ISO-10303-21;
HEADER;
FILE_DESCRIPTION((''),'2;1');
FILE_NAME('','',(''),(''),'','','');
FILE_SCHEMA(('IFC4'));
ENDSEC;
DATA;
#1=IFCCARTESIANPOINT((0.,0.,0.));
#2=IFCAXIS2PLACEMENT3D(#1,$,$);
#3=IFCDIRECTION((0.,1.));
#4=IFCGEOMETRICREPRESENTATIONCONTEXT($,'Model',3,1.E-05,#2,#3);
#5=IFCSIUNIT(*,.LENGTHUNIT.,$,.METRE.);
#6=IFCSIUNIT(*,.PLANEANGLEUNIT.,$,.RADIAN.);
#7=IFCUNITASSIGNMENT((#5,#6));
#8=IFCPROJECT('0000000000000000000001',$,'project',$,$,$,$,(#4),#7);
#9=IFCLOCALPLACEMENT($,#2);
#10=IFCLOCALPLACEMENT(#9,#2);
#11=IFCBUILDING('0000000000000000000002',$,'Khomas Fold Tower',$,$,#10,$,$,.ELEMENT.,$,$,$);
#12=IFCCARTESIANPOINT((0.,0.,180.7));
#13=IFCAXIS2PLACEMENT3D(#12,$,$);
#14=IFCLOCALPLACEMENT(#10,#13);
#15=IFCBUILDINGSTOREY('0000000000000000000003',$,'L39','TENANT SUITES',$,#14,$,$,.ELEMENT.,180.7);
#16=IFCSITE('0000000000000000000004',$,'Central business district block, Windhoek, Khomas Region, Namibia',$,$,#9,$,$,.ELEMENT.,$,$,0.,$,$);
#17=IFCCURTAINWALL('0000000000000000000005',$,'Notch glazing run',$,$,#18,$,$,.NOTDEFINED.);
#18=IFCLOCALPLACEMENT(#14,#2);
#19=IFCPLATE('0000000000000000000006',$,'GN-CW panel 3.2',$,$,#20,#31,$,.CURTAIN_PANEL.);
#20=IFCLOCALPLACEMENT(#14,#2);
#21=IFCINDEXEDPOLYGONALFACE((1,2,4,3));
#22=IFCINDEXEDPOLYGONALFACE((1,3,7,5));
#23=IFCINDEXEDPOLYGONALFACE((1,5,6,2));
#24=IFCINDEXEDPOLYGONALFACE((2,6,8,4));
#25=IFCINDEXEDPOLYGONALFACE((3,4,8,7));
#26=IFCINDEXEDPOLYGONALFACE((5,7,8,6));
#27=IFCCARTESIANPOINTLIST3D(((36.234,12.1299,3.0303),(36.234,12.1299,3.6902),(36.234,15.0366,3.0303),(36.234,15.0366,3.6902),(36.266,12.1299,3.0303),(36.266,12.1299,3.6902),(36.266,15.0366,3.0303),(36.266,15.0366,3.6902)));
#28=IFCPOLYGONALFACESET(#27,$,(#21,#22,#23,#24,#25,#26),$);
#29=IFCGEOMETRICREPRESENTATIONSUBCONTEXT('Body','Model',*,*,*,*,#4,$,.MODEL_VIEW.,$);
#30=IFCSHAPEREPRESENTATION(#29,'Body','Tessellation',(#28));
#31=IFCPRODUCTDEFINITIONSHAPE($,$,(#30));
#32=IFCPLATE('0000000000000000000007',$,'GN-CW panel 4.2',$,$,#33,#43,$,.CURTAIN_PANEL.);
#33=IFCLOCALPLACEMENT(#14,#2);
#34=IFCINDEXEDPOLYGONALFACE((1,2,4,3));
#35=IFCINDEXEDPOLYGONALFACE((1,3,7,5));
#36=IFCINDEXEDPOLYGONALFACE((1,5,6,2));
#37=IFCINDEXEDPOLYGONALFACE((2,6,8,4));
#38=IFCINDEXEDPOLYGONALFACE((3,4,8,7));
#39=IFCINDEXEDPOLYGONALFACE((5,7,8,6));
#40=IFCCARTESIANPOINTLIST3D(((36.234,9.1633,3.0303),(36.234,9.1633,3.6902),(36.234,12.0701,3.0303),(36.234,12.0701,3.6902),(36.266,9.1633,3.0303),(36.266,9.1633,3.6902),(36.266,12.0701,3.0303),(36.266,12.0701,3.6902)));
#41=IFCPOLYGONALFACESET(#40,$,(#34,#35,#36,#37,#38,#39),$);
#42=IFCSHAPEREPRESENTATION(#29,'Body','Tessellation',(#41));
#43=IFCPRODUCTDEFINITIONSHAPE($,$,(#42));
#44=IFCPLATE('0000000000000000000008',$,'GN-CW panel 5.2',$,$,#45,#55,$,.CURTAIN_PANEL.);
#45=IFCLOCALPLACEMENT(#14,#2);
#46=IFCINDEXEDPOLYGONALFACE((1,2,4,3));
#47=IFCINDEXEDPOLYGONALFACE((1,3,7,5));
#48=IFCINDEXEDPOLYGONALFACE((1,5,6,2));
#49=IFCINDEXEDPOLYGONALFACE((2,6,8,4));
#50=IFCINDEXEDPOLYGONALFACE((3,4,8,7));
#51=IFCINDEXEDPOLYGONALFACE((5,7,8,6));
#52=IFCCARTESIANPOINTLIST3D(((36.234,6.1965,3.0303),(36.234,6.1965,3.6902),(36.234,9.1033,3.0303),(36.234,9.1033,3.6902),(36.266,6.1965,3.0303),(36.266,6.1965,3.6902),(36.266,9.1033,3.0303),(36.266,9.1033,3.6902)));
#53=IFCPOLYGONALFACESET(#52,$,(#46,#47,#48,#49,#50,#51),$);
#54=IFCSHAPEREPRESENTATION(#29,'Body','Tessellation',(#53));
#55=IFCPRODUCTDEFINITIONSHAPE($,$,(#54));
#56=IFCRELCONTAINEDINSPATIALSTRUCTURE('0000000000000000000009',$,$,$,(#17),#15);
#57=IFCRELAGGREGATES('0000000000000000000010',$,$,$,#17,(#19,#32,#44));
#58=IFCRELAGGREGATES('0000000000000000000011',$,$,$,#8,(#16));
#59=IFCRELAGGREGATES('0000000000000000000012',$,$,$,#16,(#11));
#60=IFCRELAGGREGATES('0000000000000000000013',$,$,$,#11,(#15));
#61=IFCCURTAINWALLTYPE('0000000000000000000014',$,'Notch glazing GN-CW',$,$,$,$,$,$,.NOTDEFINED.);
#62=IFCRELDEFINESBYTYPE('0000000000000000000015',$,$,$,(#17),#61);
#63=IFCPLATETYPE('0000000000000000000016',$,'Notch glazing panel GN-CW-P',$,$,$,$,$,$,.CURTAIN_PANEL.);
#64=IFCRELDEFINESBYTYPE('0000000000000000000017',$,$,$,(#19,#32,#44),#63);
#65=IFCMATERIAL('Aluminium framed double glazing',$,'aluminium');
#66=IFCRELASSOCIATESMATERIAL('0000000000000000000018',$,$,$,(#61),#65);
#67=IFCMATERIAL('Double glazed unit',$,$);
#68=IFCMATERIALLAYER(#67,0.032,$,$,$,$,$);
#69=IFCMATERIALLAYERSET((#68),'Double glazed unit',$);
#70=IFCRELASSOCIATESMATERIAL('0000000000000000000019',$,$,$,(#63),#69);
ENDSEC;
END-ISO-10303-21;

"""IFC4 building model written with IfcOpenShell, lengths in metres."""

from ifc_helpers import new_model, si_unit, direction, frame, origin, origin_2d, place, context, subcontext, project, spatial, rectangle, extrude, source, transform, mapped, material, layer, layer_set, type_object, element, aggregate, save


model = new_model("IFC4")

# Units and contexts
model_context = context("Model", 3, precision=1e-05, world=origin(), true_north=direction((0.0, 1.0)))
body_context = subcontext(model_context, "Body", "Model", "MODEL_VIEW")
ifc_project = project(units=[si_unit("LENGTHUNIT", "METRE"), si_unit("PLANEANGLEUNIT", "RADIAN")], contexts=[model_context])

# Site, building, storey
site_placement = place(None, origin())
site = spatial("IfcSite", under=ifc_project, at=site_placement, Name="Central business district block, Windhoek, Khomas Region, Namibia", CompositionType="ELEMENT", RefElevation=0.0)
building_placement = place(site_placement, origin())
building = spatial("IfcBuilding", under=site, at=building_placement, Name="Khomas Fold Tower", CompositionType="ELEMENT")
storey_placement = place(building_placement, frame((0.0, 0.0, 180.7)))
storey = spatial("IfcBuildingStorey", under=building, at=storey_placement, Name="L39", Description="TENANT SUITES", CompositionType="ELEMENT", Elevation=180.7)

# Curtain wall
ifc_material_1 = material(Name="Aluminium framed double glazing", Category="aluminium")
curtain_wall_type_1 = type_object("IfcCurtainWallType", Name="Notch glazing GN-CW", PredefinedType="NOTDEFINED", material=ifc_material_1)
curtain_wall_1_placement = place(storey_placement, origin())
curtain_wall_1 = element("IfcCurtainWall", 1, at=curtain_wall_1_placement, inside=storey, type_object=curtain_wall_type_1, Name="Notch glazing run", PredefinedType="NOTDEFINED")

# Plates
ifc_material_2 = material(Name="Double glazed unit")
ifc_layer_1 = layer(ifc_material_2, 0.032)
ifc_layer_set_1 = layer_set([ifc_layer_1], Name="Double glazed unit")
plate_type_1 = type_object("IfcPlateType", Name="Notch glazing panel GN-CW-P", PredefinedType="CURTAIN_PANEL", material=ifc_layer_set_1)
shared_shape_1 = source(origin(), body_context, "Body", "SweptSolid", [
    extrude(rectangle(XDim=2.9067, YDim=0.032, at=origin_2d()), origin(), (0.0, 0.0, 1.0), 0.6599),
])
plate_1_placement = place(storey_placement, frame((36.25, 13.5833, 3.0303), z_axis=(0.0, 0.0, 1.0), x_axis=(0.0, -1.0, 0.0)))
plate_1 = element("IfcPlate", 2, at=plate_1_placement, type_object=plate_type_1, Name="GN-CW panel 3.2", PredefinedType="CURTAIN_PANEL", context=body_context, shape_type="MappedRepresentation", body=[
    mapped(shared_shape_1, transform((0.0, 0.0, 0.0))),
])
plate_2_placement = place(storey_placement, frame((36.25, 10.6167, 3.0303), z_axis=(0.0, 0.0, 1.0), x_axis=(0.0, -1.0, 0.0)))
plate_2 = element("IfcPlate", 3, at=plate_2_placement, type_object=plate_type_1, Name="GN-CW panel 4.2", PredefinedType="CURTAIN_PANEL", context=body_context, shape_type="MappedRepresentation", body=[
    mapped(shared_shape_1, transform((0.0, 0.0, 0.0))),
])
plate_3_placement = place(storey_placement, frame((36.25, 7.6499, 3.0303), z_axis=(0.0, 0.0, 1.0), x_axis=(0.0, -1.0, 0.0)))
plate_3 = element("IfcPlate", 4, at=plate_3_placement, type_object=plate_type_1, Name="GN-CW panel 5.2", PredefinedType="CURTAIN_PANEL", context=body_context, shape_type="MappedRepresentation", body=[
    mapped(shared_shape_1, transform((0.0, 0.0, 0.0))),
])
aggregate(curtain_wall_1, [plate_1, plate_2, plate_3])

save(model, "model.ifc")
